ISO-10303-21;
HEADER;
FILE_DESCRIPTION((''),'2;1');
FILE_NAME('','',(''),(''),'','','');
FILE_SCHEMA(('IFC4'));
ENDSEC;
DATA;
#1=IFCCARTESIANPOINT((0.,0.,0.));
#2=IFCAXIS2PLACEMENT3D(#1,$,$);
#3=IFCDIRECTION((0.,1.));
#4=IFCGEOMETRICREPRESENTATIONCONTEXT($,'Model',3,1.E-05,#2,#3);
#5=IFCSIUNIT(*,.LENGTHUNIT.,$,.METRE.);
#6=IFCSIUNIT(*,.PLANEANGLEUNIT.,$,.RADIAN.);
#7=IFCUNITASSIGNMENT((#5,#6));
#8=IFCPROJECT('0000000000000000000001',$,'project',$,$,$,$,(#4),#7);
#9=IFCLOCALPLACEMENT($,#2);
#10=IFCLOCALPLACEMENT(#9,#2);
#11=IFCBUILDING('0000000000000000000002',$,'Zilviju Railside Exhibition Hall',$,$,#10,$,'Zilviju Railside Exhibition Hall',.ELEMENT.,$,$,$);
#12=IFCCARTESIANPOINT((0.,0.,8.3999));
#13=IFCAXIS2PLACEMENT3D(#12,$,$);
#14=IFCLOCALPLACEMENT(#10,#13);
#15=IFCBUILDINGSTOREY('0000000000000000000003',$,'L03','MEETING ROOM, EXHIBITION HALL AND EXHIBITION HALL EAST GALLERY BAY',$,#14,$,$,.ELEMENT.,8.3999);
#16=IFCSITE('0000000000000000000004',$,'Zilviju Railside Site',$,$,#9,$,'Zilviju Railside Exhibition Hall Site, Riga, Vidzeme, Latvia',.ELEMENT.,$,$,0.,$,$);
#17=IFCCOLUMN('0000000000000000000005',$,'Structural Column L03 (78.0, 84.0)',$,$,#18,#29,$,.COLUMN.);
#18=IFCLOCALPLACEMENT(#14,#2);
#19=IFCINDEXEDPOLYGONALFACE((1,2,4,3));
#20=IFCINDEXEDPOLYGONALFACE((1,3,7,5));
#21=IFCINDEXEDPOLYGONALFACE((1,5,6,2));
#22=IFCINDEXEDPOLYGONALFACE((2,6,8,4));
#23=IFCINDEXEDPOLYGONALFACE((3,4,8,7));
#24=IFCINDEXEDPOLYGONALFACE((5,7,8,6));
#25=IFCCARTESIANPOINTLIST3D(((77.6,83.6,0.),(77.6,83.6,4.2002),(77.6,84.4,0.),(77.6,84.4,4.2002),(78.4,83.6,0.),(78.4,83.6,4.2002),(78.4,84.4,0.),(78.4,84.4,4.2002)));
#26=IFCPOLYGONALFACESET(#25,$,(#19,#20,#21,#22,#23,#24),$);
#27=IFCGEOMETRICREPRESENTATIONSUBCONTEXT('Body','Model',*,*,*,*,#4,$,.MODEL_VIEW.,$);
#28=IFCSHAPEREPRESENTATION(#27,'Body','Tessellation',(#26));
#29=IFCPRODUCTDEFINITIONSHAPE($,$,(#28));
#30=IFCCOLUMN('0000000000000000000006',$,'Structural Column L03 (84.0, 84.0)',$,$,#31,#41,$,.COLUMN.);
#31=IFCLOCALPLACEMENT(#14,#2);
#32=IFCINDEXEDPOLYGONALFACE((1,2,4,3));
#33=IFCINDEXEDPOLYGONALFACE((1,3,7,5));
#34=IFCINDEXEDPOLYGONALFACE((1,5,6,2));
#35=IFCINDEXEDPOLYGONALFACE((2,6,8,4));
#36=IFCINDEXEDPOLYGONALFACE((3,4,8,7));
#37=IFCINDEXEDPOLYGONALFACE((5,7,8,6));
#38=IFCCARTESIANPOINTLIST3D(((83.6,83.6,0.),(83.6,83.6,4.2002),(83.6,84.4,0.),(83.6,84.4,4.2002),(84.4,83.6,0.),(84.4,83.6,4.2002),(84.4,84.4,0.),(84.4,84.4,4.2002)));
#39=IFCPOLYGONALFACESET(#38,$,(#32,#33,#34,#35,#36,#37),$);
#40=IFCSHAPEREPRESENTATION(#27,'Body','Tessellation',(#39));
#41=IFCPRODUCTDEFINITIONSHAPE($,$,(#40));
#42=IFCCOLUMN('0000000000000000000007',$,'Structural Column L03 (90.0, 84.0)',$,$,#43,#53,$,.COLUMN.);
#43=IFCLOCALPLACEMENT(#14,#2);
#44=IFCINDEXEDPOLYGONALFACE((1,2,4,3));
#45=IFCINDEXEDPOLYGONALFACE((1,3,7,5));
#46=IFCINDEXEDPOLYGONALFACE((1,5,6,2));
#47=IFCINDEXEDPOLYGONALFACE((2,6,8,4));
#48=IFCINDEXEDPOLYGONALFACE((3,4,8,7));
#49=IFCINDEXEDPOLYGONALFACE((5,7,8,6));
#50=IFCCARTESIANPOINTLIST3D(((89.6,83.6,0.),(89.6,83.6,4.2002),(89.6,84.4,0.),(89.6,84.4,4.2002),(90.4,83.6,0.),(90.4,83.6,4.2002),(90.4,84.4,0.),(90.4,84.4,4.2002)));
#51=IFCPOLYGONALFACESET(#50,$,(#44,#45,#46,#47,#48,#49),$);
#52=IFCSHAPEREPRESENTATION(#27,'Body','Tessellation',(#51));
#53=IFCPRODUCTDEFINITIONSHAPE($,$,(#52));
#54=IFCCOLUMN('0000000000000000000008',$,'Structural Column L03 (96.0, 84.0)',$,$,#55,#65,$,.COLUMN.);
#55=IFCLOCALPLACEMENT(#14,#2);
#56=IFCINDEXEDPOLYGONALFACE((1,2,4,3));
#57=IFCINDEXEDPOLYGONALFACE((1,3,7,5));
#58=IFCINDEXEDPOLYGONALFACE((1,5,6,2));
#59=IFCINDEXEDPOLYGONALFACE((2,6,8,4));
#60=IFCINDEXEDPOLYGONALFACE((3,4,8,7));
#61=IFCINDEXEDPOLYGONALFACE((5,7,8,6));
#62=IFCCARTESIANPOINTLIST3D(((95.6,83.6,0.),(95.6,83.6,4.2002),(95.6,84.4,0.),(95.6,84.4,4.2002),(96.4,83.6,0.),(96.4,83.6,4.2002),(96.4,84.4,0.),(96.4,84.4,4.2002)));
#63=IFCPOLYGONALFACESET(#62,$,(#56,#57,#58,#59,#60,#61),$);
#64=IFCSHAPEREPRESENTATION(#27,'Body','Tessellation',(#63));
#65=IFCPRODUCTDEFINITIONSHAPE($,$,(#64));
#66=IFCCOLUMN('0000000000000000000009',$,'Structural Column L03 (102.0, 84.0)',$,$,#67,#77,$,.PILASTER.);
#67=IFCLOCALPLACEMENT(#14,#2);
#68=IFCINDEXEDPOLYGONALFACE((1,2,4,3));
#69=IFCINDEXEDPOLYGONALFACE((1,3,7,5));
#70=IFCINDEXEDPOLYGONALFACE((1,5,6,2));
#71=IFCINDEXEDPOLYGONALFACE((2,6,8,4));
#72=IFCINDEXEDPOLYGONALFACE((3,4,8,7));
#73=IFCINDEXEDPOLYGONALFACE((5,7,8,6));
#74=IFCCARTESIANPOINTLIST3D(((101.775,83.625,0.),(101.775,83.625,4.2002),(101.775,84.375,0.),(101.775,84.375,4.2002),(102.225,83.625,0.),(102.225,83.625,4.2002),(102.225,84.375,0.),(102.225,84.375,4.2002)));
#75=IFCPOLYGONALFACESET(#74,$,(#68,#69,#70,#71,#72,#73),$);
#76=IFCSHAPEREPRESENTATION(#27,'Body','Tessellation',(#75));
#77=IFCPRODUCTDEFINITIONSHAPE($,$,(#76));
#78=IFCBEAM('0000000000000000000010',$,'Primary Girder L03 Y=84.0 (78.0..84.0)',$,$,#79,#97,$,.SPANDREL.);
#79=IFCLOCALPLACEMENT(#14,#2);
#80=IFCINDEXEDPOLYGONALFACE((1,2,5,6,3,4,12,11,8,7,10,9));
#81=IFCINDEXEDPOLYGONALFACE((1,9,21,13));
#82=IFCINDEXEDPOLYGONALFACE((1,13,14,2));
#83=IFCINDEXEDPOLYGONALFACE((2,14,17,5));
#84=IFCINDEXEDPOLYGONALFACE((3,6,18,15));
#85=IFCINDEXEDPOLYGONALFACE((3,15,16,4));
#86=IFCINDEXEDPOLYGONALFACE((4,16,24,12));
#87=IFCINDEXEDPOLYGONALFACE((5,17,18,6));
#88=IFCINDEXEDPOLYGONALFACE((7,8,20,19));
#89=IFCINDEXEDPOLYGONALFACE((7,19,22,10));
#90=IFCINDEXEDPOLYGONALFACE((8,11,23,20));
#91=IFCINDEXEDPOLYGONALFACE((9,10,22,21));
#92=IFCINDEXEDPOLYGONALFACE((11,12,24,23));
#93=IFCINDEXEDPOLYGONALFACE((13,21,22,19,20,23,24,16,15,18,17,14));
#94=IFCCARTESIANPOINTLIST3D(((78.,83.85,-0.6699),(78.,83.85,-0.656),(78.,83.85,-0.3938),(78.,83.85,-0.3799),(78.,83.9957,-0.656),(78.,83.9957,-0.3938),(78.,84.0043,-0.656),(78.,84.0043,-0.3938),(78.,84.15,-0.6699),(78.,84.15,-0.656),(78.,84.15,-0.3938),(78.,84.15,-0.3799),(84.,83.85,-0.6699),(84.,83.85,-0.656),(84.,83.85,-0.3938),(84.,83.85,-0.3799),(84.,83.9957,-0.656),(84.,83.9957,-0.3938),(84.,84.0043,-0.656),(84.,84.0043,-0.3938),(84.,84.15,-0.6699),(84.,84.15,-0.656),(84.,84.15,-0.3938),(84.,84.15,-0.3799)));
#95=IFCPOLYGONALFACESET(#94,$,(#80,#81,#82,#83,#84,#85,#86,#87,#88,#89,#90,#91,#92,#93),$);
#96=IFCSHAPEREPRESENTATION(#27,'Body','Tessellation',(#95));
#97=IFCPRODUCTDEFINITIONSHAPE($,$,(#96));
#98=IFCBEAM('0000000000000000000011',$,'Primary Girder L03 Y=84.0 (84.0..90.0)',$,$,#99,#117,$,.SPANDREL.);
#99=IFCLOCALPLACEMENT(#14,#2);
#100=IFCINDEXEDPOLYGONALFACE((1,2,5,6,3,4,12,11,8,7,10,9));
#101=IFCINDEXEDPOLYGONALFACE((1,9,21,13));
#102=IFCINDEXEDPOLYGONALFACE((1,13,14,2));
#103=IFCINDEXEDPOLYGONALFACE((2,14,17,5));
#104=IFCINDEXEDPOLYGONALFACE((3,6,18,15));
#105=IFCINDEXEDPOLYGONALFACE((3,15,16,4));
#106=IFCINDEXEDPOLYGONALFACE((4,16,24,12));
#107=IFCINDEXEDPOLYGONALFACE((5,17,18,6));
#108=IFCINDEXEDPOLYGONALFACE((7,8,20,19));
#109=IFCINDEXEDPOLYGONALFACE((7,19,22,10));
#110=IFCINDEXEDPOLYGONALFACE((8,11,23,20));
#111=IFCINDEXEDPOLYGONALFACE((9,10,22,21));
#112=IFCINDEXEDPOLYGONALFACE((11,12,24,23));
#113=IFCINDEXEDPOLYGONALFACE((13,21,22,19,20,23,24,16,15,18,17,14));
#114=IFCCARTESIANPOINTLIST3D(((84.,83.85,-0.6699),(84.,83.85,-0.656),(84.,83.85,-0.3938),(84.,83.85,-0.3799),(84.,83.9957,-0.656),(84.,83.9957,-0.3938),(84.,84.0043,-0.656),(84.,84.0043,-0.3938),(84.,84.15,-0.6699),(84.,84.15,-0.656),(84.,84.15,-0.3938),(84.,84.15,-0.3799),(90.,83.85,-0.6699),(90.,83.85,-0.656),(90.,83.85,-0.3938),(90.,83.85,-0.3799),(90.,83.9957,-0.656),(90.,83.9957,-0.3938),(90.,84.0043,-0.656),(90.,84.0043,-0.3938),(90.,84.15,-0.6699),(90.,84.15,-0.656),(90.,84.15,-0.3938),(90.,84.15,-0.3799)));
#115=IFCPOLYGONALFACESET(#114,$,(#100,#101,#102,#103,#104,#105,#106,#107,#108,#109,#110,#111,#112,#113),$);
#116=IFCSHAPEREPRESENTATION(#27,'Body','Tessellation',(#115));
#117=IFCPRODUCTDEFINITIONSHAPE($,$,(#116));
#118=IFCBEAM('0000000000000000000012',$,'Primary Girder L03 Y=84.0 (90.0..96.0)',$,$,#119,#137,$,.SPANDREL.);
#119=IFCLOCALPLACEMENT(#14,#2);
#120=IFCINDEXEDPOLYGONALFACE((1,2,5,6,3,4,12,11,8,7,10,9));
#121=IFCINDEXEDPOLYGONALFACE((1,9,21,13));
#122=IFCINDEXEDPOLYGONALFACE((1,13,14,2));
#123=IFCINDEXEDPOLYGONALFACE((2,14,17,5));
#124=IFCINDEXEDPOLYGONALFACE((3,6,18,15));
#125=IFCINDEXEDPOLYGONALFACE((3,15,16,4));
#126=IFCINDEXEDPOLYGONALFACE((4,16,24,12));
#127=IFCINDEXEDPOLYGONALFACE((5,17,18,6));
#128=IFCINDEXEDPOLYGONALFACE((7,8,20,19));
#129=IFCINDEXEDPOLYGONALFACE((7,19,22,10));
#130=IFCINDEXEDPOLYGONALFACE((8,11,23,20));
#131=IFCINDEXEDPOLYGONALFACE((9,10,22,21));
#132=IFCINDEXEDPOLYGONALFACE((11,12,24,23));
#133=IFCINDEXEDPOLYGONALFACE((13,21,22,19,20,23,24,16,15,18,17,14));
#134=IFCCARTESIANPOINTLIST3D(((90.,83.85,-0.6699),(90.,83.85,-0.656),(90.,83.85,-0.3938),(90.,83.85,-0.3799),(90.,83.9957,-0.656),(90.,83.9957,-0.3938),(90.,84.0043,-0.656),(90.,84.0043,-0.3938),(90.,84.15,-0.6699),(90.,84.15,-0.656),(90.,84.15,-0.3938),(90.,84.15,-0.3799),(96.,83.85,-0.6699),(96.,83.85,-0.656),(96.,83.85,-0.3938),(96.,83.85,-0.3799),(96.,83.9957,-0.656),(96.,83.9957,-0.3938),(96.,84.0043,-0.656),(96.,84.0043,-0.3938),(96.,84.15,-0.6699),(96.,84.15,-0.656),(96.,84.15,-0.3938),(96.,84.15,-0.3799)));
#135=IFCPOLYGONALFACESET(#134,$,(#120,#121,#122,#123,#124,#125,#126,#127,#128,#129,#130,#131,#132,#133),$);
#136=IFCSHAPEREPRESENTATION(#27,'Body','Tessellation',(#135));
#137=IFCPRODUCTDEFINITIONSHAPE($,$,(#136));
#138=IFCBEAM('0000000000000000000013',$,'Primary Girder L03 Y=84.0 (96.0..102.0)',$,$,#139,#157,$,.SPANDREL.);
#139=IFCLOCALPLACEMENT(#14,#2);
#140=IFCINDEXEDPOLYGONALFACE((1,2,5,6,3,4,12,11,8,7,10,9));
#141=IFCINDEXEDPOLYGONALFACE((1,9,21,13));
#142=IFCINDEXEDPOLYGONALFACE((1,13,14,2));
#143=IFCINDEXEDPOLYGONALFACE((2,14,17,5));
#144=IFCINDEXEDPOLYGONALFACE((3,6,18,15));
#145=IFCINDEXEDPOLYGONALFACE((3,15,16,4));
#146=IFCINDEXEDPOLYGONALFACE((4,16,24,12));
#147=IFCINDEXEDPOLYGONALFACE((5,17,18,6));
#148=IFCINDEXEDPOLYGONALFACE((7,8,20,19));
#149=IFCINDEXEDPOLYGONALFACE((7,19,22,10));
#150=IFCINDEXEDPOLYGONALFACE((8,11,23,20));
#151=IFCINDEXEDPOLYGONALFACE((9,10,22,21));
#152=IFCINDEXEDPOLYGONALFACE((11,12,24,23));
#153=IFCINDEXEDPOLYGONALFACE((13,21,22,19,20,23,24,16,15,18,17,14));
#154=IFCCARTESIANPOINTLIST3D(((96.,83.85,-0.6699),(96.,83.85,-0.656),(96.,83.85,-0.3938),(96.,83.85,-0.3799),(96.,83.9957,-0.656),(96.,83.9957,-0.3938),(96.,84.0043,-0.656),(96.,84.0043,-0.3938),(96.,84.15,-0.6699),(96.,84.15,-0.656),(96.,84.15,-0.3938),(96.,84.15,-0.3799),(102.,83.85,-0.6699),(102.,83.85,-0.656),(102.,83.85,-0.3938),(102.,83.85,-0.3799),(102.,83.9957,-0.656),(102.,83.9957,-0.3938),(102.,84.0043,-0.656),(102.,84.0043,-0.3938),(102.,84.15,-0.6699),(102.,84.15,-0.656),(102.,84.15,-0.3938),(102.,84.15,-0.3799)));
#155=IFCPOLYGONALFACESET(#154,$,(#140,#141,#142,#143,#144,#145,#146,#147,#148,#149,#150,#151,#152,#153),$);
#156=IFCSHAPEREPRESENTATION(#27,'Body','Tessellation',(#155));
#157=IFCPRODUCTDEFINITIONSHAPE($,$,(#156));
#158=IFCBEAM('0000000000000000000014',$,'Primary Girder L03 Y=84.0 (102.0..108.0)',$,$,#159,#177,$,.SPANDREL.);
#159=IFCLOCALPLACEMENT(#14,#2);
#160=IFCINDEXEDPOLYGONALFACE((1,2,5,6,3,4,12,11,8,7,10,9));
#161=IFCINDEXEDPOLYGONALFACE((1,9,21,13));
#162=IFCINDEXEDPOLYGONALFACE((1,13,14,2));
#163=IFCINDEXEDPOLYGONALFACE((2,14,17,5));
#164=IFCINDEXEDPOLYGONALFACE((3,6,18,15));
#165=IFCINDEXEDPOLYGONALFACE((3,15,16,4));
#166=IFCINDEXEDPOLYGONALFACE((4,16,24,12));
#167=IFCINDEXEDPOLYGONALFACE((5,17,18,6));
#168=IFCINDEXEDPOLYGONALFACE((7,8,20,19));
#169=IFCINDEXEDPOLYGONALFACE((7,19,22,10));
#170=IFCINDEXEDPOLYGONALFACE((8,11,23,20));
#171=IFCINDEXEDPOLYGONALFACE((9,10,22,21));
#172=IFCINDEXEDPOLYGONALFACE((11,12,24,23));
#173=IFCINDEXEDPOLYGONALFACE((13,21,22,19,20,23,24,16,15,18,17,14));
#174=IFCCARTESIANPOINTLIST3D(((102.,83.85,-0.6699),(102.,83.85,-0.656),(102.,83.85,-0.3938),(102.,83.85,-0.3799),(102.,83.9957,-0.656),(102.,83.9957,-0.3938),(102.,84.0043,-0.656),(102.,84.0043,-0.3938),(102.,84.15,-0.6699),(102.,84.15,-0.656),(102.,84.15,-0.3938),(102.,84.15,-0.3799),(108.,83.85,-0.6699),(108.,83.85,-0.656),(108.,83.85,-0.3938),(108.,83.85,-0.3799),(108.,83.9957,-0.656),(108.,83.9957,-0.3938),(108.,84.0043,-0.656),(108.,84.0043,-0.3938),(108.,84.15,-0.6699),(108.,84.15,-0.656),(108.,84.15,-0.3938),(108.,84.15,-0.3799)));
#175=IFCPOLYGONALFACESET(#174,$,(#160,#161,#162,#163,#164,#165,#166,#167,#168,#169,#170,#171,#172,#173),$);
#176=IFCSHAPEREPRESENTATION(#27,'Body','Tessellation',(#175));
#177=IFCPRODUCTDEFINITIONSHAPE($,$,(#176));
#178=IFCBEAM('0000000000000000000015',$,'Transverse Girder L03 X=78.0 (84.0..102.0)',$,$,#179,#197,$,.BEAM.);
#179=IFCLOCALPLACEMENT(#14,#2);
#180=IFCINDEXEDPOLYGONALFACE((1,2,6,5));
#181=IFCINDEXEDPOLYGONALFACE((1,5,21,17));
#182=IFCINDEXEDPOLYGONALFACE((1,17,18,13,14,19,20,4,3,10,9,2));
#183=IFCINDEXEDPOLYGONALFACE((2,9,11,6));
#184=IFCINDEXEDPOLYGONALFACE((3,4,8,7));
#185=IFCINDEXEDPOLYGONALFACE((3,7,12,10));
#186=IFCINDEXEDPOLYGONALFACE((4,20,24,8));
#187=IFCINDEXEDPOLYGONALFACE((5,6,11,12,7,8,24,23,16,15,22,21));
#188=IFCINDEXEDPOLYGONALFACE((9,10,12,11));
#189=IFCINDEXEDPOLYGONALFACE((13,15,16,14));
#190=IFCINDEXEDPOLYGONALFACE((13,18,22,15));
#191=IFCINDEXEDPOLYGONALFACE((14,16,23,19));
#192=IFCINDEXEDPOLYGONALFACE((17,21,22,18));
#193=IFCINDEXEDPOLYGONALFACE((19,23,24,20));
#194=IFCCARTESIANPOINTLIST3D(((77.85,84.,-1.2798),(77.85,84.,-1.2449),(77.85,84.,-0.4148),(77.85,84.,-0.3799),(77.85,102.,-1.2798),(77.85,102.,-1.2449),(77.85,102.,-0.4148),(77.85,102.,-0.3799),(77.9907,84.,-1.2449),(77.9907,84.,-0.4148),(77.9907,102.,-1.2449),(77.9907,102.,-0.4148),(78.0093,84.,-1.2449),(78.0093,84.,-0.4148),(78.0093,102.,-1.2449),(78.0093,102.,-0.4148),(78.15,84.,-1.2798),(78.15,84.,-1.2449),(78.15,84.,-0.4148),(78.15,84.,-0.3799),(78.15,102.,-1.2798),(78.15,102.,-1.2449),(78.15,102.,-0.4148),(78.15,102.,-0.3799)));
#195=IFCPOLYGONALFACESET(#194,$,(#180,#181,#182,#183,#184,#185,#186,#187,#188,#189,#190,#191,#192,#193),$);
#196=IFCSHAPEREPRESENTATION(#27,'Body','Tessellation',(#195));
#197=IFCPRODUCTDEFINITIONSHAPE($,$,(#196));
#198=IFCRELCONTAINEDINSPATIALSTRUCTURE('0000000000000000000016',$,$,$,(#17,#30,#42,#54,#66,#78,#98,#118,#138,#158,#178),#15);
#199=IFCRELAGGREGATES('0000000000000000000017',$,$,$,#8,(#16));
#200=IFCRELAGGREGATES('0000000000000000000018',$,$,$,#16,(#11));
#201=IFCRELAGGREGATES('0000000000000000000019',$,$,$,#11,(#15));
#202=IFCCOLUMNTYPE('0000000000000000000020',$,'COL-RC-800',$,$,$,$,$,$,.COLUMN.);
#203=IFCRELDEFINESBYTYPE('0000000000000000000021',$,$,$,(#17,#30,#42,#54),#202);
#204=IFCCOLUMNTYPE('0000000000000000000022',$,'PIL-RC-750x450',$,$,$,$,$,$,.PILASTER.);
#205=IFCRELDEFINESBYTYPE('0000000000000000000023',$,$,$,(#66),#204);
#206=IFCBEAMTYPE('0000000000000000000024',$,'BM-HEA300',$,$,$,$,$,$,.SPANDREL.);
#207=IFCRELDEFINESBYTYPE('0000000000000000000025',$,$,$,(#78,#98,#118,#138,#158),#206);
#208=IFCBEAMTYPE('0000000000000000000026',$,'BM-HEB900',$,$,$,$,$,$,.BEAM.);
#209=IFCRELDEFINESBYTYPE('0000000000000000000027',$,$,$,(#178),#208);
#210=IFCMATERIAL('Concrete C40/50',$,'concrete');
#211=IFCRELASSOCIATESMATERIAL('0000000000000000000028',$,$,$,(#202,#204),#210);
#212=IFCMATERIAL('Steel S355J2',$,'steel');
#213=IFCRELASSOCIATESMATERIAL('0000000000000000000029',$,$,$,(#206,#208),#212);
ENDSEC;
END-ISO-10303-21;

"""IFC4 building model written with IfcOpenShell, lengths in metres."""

from ifc_helpers import new_model, si_unit, direction, frame, origin, origin_2d, place, context, subcontext, project, spatial, rectangle, i_section, extrude, material, material_profile, profile_set, type_object, element, save


model = new_model("IFC4")

# Units and contexts
model_context = context("Model", 3, precision=1e-05, world=origin(), true_north=direction((0.0, 1.0)))
body_context = subcontext(model_context, "Body", "Model", "MODEL_VIEW")
ifc_project = project(units=[si_unit("LENGTHUNIT", "METRE"), si_unit("PLANEANGLEUNIT", "RADIAN")], contexts=[model_context])

# Site, building, storey
site_placement = place(None, origin())
site = spatial("IfcSite", under=ifc_project, at=site_placement, Name="Zilviju Railside Site", LongName="Zilviju Railside Exhibition Hall Site, Riga, Vidzeme, Latvia", CompositionType="ELEMENT", RefElevation=0.0)
building_placement = place(site_placement, origin())
building = spatial("IfcBuilding", under=site, at=building_placement, Name="Zilviju Railside Exhibition Hall", LongName="Zilviju Railside Exhibition Hall", CompositionType="ELEMENT")
storey_placement = place(building_placement, frame((0.0, 0.0, 8.3999)))
storey = spatial("IfcBuildingStorey", under=building, at=storey_placement, Name="L03", Description="MEETING ROOM, EXHIBITION HALL AND EXHIBITION HALL EAST GALLERY BAY", CompositionType="ELEMENT", Elevation=8.3999)

# Columns
ifc_material_1 = material(Name="Concrete C40/50", Category="concrete")
ifc_material_profile_1 = material_profile(ifc_material_1, rectangle(XDim=0.8, YDim=0.8, at=origin_2d()), Name="RC COL 800x800")
ifc_profile_set_1 = profile_set([ifc_material_profile_1], Name="Concrete C40/50")
column_type_1 = type_object("IfcColumnType", Name="COL-RC-800", PredefinedType="COLUMN", material=ifc_profile_set_1)
for number, where, z_axis, x_axis, name in (
    (1, (78.0, 84.0, 0.0), (0.0, 0.0, 1.0), (1.0, 0.0, 0.0), "Structural Column L03 (78.0, 84.0)"),
    (2, (84.0, 84.0, 0.0), (0.0, 0.0, 1.0), (1.0, 0.0, 0.0), "Structural Column L03 (84.0, 84.0)"),
    (3, (90.0, 84.0, 0.0), (0.0, 0.0, 1.0), (1.0, 0.0, 0.0), "Structural Column L03 (90.0, 84.0)"),
    (4, (96.0, 84.0, 0.0), (0.0, 0.0, 1.0), (1.0, 0.0, 0.0), "Structural Column L03 (96.0, 84.0)"),
):
    element("IfcColumn", number, at=place(storey_placement, frame(where, z_axis=z_axis, x_axis=x_axis)), inside=storey, type_object=column_type_1, Name=name, PredefinedType="COLUMN", context=body_context, shape_type="SweptSolid", body=[
        extrude(rectangle(XDim=0.8, YDim=0.8, at=origin_2d()), origin(), (0.0, 0.0, 1.0), 4.2002),
    ])
ifc_material_profile_2 = material_profile(ifc_material_1, rectangle(XDim=0.45, YDim=0.75, at=origin_2d()), Name="RC COL 450x750")
ifc_profile_set_2 = profile_set([ifc_material_profile_2], Name="Concrete C40/50")
column_type_2 = type_object("IfcColumnType", Name="PIL-RC-750x450", PredefinedType="PILASTER", material=ifc_profile_set_2)
column_placement = place(storey_placement, frame((102.0, 84.0, 0.0), z_axis=(0.0, 0.0, 1.0), x_axis=(1.0, 0.0, 0.0)))
element("IfcColumn", 5, at=column_placement, inside=storey, type_object=column_type_2, Name="Structural Column L03 (102.0, 84.0)", PredefinedType="PILASTER", context=body_context, shape_type="SweptSolid", body=[
    extrude(rectangle(XDim=0.45, YDim=0.75, at=origin_2d()), origin(), (0.0, 0.0, 1.0), 4.2002),
])

# Beams
ifc_material_2 = material(Name="Steel S355J2", Category="steel")
ifc_material_profile_3 = material_profile(ifc_material_2, i_section(OverallWidth=0.3, OverallDepth=0.29, WebThickness=0.0085, FlangeThickness=0.0139, at=origin_2d()), Name="HEA 300")
ifc_profile_set_3 = profile_set([ifc_material_profile_3], Name="Steel S355J2")
beam_type_1 = type_object("IfcBeamType", Name="BM-HEA300", PredefinedType="SPANDREL", material=ifc_profile_set_3)
for number, where, z_axis, x_axis, name in (
    (6, (78.0, 84.0, -0.5249), (1.0, 0.0, 0.0), (0.0, 1.0, 0.0), "Primary Girder L03 Y=84.0 (78.0..84.0)"),
    (7, (84.0, 84.0, -0.5249), (1.0, 0.0, 0.0), (0.0, 1.0, 0.0), "Primary Girder L03 Y=84.0 (84.0..90.0)"),
    (8, (90.0, 84.0, -0.5249), (1.0, 0.0, 0.0), (0.0, 1.0, 0.0), "Primary Girder L03 Y=84.0 (90.0..96.0)"),
    (9, (96.0, 84.0, -0.5249), (1.0, 0.0, 0.0), (0.0, 1.0, 0.0), "Primary Girder L03 Y=84.0 (96.0..102.0)"),
    (10, (102.0, 84.0, -0.5249), (1.0, 0.0, 0.0), (0.0, 1.0, 0.0), "Primary Girder L03 Y=84.0 (102.0..108.0)"),
):
    element("IfcBeam", number, at=place(storey_placement, frame(where, z_axis=z_axis, x_axis=x_axis)), inside=storey, type_object=beam_type_1, Name=name, PredefinedType="SPANDREL", context=body_context, shape_type="SweptSolid", body=[
        extrude(i_section(OverallWidth=0.3, OverallDepth=0.29, WebThickness=0.0085, FlangeThickness=0.0139, at=origin_2d()), origin(), (0.0, 0.0, 1.0), 6.0),
    ])
ifc_material_profile_4 = material_profile(ifc_material_2, i_section(OverallWidth=0.3, OverallDepth=0.8999, WebThickness=0.0186, FlangeThickness=0.0349, at=origin_2d()), Name="HEB 900")
ifc_profile_set_4 = profile_set([ifc_material_profile_4], Name="Steel S355J2")
beam_type_2 = type_object("IfcBeamType", Name="BM-HEB900", PredefinedType="BEAM", material=ifc_profile_set_4)
for number, where, z_axis, x_axis, name in (
    (11, (78.0, 84.0, -0.8298), (0.0, 1.0, 0.0), (-1.0, 0.0, 0.0), "Transverse Girder L03 X=78.0 (84.0..102.0)"),
):
    element("IfcBeam", number, at=place(storey_placement, frame(where, z_axis=z_axis, x_axis=x_axis)), inside=storey, type_object=beam_type_2, Name=name, PredefinedType="BEAM", context=body_context, shape_type="SweptSolid", body=[
        extrude(i_section(OverallWidth=0.3, OverallDepth=0.8999, WebThickness=0.0186, FlangeThickness=0.0349, at=origin_2d()), origin(), (0.0, 0.0, 1.0), 18.0),
    ])

save(model, "model.ifc")
